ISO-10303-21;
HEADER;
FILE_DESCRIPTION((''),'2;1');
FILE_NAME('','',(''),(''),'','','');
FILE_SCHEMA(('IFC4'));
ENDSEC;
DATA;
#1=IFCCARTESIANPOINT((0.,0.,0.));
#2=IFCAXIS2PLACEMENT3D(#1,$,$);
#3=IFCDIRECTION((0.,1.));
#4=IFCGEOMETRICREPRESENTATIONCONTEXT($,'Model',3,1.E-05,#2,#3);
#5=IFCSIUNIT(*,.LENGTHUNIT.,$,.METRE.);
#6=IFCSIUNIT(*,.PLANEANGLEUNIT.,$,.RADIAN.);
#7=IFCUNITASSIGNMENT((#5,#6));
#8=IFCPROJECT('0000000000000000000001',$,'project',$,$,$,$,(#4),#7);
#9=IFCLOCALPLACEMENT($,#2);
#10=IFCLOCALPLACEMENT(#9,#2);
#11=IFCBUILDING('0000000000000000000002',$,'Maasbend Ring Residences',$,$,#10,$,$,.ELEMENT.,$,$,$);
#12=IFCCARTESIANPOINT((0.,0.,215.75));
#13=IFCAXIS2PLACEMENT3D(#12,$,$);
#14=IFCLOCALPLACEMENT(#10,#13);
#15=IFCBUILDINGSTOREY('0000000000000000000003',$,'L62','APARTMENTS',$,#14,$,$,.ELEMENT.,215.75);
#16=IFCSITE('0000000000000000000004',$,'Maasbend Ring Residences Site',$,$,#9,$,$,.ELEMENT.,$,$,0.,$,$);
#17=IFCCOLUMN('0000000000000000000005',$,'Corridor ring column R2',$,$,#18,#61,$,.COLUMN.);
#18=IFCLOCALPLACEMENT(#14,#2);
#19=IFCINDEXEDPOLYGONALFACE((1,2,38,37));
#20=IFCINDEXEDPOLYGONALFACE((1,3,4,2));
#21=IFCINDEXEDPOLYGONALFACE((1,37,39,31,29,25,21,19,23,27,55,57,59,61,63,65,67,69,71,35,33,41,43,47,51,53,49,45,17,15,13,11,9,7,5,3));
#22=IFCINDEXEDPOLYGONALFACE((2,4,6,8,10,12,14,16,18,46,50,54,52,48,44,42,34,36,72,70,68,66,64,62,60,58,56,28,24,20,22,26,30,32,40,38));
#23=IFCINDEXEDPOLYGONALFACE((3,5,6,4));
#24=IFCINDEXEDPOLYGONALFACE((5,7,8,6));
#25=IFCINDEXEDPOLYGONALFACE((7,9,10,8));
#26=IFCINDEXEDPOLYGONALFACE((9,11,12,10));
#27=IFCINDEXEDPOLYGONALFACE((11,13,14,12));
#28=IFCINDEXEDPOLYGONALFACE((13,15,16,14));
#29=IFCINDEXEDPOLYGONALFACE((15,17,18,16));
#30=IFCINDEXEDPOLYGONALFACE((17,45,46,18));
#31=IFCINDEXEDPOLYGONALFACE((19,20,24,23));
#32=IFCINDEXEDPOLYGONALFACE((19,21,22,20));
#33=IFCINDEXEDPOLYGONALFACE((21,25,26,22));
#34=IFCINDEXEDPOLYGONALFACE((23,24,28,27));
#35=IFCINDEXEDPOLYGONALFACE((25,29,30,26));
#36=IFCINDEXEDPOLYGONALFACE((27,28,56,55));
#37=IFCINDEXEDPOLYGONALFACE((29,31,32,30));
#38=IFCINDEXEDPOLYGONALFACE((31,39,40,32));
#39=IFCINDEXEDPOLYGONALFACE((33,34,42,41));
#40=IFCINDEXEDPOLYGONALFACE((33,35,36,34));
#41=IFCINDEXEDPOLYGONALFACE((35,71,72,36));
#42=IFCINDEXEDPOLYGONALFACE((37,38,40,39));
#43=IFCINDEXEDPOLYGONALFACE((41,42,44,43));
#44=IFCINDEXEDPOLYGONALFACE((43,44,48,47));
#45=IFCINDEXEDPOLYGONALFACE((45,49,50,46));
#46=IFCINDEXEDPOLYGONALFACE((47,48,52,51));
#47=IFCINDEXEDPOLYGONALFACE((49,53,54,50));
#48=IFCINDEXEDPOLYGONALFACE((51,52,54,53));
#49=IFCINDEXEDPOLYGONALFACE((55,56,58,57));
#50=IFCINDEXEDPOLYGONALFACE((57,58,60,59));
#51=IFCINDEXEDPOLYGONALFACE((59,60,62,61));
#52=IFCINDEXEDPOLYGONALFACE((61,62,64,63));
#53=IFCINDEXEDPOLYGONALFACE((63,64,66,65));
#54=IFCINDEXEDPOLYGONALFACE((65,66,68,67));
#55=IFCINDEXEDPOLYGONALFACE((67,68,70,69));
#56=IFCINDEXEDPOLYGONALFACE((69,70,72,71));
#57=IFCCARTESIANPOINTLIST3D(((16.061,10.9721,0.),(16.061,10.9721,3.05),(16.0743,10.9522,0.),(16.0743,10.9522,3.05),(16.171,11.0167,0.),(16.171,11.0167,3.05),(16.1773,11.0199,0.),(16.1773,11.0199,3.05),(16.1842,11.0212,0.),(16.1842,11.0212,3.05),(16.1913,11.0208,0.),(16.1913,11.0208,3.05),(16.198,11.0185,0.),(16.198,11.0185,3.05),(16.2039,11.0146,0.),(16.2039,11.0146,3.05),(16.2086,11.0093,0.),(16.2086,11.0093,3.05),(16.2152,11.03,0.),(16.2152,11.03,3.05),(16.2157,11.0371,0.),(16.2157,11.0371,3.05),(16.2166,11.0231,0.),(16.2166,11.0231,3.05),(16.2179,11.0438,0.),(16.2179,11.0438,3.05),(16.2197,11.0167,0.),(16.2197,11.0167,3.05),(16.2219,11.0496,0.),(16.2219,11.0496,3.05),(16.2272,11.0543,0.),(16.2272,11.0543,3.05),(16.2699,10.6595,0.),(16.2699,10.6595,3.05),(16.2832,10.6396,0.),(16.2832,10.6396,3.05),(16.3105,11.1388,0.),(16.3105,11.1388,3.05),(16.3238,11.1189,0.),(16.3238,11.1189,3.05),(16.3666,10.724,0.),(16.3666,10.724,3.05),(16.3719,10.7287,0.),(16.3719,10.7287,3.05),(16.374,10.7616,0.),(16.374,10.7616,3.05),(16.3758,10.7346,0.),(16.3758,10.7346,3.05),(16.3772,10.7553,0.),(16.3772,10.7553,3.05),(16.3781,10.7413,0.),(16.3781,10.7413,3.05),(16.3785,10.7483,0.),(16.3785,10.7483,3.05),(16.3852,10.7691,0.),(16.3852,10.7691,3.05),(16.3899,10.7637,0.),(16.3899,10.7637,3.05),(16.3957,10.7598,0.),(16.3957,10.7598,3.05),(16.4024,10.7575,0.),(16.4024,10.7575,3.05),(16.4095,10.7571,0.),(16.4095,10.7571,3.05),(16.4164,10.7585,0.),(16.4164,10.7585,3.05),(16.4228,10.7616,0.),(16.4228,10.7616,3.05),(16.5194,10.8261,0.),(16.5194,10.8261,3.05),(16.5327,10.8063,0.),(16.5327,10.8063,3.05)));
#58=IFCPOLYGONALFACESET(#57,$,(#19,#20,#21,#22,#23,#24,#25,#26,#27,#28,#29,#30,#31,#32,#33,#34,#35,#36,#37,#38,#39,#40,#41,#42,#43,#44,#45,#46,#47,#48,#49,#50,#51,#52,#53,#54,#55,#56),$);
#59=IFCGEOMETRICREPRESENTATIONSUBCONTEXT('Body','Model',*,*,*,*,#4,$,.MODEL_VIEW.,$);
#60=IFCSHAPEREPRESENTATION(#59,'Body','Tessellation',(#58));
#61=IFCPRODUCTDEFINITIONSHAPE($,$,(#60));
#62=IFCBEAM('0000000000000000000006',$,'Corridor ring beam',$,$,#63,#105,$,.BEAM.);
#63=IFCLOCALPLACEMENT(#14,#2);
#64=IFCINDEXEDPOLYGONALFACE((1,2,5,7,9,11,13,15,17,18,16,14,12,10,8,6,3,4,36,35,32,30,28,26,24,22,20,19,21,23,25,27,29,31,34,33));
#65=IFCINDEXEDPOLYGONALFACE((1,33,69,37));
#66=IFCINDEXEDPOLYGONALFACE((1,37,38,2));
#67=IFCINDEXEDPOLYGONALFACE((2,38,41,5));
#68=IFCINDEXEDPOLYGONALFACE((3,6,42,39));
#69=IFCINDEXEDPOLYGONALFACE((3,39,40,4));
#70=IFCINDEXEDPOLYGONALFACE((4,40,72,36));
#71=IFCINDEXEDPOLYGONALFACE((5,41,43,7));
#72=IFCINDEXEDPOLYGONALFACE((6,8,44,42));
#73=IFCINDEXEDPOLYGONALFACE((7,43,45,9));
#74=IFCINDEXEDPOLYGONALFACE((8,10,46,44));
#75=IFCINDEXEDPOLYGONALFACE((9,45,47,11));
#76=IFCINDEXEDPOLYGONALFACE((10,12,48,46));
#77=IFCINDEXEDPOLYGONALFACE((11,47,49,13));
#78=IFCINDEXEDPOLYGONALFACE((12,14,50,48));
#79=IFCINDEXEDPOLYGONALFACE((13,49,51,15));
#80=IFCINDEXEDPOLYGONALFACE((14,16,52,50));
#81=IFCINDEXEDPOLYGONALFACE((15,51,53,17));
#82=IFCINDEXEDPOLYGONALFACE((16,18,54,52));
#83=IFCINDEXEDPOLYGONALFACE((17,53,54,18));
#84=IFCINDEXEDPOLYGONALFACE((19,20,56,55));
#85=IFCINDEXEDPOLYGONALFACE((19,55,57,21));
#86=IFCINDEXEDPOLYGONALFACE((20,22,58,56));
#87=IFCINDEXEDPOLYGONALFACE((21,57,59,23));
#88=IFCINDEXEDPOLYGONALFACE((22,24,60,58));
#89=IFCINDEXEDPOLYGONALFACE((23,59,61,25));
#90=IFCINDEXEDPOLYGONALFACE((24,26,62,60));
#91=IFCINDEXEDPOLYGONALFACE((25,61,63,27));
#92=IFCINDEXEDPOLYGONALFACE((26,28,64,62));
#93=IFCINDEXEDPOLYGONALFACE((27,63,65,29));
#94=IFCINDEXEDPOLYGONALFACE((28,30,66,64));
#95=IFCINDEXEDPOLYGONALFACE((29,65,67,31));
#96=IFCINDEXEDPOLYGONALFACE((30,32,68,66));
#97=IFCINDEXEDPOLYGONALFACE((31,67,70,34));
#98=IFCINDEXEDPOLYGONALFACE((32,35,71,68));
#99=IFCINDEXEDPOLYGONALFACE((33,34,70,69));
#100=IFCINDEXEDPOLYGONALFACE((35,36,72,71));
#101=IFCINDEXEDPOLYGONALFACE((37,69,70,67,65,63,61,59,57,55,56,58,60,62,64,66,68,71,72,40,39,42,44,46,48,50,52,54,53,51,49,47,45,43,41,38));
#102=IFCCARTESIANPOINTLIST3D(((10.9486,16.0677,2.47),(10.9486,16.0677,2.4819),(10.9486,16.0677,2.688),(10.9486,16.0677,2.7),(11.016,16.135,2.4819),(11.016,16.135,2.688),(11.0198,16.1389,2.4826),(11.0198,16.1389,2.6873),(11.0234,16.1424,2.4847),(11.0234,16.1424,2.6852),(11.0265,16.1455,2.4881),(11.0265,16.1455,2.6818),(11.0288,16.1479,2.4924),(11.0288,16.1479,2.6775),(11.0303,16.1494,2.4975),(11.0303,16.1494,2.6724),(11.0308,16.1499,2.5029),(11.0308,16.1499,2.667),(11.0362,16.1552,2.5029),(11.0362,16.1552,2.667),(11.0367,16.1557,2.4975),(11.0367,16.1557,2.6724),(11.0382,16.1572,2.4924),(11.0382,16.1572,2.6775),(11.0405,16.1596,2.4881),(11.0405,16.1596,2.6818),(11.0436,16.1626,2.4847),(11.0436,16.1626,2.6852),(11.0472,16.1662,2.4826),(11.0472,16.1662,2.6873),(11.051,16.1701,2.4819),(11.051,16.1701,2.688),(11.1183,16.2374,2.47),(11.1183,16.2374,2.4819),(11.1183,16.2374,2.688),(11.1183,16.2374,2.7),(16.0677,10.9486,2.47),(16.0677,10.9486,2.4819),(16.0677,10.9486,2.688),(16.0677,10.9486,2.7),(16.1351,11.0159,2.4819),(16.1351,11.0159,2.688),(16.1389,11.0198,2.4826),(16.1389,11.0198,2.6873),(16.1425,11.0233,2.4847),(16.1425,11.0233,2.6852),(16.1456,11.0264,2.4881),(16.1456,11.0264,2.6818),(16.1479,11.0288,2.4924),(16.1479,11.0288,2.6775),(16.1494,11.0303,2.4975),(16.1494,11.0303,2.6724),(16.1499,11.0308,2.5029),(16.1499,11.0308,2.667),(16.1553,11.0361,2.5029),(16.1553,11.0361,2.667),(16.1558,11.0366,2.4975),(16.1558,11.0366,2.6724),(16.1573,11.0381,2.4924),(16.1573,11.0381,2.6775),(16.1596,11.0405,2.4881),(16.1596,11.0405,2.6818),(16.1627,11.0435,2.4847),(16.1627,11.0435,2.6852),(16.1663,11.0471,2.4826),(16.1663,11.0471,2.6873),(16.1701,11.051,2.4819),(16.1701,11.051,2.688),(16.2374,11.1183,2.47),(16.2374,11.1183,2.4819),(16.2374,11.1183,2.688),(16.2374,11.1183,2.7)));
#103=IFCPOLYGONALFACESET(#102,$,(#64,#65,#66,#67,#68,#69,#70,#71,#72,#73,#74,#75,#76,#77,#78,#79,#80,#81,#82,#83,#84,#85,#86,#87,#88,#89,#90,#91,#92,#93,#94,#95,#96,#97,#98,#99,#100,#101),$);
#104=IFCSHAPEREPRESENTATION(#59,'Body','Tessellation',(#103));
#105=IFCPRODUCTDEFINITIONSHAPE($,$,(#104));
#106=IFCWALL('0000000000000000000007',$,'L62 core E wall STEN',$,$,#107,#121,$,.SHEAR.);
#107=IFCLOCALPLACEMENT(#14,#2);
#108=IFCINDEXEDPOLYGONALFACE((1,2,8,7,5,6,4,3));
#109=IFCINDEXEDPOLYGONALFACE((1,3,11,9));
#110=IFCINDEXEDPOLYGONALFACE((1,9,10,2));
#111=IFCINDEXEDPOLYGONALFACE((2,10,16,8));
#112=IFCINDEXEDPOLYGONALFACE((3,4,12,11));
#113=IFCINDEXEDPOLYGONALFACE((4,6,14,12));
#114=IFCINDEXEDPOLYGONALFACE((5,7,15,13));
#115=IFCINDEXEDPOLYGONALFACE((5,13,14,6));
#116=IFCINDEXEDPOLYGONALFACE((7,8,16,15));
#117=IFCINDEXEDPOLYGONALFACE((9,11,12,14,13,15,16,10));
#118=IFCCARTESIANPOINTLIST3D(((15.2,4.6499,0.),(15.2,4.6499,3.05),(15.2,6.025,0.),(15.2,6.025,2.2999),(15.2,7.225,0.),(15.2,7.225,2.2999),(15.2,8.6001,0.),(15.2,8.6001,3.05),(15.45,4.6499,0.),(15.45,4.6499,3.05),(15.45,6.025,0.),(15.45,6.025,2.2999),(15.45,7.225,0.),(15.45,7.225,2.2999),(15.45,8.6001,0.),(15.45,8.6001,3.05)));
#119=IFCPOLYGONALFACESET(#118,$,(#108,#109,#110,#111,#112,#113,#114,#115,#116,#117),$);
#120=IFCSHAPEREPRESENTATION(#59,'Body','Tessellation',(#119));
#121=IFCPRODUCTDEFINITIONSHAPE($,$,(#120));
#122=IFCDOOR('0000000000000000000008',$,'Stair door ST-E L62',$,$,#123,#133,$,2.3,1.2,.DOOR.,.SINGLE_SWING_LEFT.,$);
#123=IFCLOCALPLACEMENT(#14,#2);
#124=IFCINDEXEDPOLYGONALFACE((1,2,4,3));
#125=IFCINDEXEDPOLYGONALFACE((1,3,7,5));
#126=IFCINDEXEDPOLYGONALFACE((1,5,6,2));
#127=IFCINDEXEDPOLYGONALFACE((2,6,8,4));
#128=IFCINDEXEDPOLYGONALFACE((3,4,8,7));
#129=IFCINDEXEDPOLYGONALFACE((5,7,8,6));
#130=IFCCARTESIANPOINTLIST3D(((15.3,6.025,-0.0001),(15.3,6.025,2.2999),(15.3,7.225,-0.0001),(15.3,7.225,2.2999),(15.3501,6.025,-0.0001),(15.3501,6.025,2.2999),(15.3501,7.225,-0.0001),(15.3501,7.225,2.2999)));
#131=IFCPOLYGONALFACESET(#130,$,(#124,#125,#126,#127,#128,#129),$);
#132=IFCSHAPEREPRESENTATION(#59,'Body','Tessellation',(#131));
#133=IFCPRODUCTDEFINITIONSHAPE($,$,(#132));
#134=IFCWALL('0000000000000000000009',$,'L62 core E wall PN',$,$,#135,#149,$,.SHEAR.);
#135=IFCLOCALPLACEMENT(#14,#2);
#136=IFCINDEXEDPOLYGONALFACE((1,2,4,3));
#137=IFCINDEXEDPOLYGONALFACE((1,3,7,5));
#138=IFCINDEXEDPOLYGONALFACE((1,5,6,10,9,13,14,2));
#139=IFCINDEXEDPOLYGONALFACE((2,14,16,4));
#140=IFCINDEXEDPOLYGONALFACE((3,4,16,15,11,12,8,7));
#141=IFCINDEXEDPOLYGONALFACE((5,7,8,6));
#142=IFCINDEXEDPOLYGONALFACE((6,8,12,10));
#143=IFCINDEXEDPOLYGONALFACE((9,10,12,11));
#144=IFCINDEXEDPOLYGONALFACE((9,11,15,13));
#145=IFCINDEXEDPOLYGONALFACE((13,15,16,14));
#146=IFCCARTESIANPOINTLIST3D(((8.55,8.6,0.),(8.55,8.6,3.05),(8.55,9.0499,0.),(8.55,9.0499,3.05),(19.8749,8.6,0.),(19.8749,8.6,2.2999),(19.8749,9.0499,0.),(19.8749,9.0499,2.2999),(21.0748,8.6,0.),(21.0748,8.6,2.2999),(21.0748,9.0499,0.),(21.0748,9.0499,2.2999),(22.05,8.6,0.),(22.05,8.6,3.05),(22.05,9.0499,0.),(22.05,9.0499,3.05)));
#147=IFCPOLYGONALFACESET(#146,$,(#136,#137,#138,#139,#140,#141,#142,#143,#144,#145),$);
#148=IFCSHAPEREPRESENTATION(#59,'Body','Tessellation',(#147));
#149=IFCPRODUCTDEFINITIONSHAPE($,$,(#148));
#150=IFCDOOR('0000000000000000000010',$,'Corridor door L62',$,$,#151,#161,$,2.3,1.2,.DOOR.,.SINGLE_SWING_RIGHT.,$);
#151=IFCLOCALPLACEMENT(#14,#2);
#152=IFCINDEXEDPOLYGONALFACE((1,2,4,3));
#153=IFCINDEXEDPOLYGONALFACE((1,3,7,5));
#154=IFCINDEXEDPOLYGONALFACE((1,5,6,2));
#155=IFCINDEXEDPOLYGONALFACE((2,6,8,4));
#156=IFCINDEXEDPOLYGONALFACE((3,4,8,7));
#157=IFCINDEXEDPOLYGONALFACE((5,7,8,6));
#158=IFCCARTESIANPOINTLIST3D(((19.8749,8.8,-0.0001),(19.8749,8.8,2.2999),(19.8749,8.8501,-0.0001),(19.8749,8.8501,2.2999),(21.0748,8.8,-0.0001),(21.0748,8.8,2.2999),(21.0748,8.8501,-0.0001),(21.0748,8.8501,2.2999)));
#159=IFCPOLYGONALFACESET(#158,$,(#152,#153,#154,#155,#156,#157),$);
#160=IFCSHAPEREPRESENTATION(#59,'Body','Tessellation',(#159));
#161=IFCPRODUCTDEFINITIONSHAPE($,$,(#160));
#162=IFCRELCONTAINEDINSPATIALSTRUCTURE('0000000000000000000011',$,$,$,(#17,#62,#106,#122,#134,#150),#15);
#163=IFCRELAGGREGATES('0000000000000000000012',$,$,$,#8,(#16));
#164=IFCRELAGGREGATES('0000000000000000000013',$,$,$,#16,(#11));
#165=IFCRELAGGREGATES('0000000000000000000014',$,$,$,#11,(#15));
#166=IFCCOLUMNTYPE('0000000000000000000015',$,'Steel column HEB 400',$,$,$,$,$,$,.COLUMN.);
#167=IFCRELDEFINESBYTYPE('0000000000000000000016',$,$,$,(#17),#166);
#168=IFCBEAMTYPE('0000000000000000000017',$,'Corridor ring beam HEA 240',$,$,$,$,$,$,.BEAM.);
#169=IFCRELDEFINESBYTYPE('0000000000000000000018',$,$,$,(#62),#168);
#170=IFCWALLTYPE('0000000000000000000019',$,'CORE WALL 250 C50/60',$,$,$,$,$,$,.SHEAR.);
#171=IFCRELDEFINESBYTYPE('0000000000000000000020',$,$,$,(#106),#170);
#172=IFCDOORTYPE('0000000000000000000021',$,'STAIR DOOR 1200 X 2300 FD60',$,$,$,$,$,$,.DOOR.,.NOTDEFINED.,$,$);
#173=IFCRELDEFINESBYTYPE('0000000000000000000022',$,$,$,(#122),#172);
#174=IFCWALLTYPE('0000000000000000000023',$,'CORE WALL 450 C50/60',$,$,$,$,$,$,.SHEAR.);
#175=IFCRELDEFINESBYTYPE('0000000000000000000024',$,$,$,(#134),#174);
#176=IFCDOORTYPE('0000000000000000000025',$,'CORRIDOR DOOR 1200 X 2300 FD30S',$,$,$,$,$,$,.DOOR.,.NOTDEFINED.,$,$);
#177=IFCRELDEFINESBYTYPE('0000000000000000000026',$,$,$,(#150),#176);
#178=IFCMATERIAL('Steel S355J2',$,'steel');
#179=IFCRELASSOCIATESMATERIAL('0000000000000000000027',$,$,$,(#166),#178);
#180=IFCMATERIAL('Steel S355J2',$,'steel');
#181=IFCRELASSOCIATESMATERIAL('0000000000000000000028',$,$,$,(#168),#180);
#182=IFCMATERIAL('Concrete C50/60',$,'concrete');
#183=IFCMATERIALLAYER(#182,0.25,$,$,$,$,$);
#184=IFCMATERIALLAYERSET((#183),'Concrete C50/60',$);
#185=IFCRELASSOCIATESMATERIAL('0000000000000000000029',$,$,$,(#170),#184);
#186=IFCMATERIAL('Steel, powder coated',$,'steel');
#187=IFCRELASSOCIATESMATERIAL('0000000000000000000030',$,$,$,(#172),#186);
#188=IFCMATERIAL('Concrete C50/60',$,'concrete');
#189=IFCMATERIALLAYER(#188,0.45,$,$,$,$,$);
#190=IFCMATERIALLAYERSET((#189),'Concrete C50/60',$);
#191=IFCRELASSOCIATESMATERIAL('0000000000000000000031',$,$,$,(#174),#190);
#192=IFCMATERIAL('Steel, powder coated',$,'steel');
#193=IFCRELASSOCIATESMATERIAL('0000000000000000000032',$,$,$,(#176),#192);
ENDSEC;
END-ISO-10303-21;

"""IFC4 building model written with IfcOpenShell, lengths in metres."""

from ifc_helpers import new_model, si_unit, direction, frame, frame_2d, origin, origin_2d, place, context, subcontext, project, spatial, rectangle, i_section, extrude, material, layer, layer_set, material_profile, profile_set, type_object, element, fill, save


model = new_model("IFC4")

# Units and contexts
model_context = context("Model", 3, precision=1e-05, world=origin(), true_north=direction((0.0, 1.0)))
body_context = subcontext(model_context, "Body", "Model", "MODEL_VIEW")
ifc_project = project(units=[si_unit("LENGTHUNIT", "METRE"), si_unit("PLANEANGLEUNIT", "RADIAN")], contexts=[model_context])

# Site, building, storey
site_placement = place(None, origin())
site = spatial("IfcSite", under=ifc_project, at=site_placement, Name="Maasbend Ring Residences Site", CompositionType="ELEMENT", RefElevation=0.0)
building_placement = place(site_placement, origin())
building = spatial("IfcBuilding", under=site, at=building_placement, Name="Maasbend Ring Residences", CompositionType="ELEMENT")
storey_placement = place(building_placement, frame((0.0, 0.0, 215.75)))
storey = spatial("IfcBuildingStorey", under=building, at=storey_placement, Name="L62", Description="APARTMENTS", CompositionType="ELEMENT", Elevation=215.75)

# Column
ifc_material_1 = material(Name="Steel S355J2", Category="steel")
ifc_material_profile_1 = material_profile(ifc_material_1, i_section(OverallWidth=0.3, OverallDepth=0.3999, WebThickness=0.0134, FlangeThickness=0.0239, FilletRadius=0.0271, at=origin_2d()), Name="HEB 400")
ifc_profile_set_1 = profile_set([ifc_material_profile_1], Name="Steel S355J2")
column_type = type_object("IfcColumnType", Name="Steel column HEB 400", PredefinedType="COLUMN", material=ifc_profile_set_1)
column_placement = place(storey_placement, frame((16.2969, 10.8892, 0.0), z_axis=(0.0, 0.0, 1.0), x_axis=(0.83147, 0.55557, 0.0)))
element("IfcColumn", 1, at=column_placement, inside=storey, type_object=column_type, Name="Corridor ring column R2", PredefinedType="COLUMN", context=body_context, shape_type="SweptSolid", body=[
    extrude(i_section(OverallWidth=0.3, OverallDepth=0.3999, WebThickness=0.0134, FlangeThickness=0.0239, FilletRadius=0.0271, at=origin_2d()), origin(), (0.0, 0.0, 1.0), 3.05),
])

# Beam
ifc_material_2 = material(Name="Steel S355J2", Category="steel")
ifc_material_profile_2 = material_profile(ifc_material_2, i_section(OverallWidth=0.24, OverallDepth=0.23, WebThickness=0.0076, FlangeThickness=0.012, FilletRadius=0.021, at=origin_2d()), Name="HEA 240")
ifc_profile_set_2 = profile_set([ifc_material_profile_2], Name="Steel S355J2")
beam_type = type_object("IfcBeamType", Name="Corridor ring beam HEA 240", PredefinedType="BEAM", material=ifc_profile_set_2)
beam_placement = place(storey_placement, frame((16.1526, 11.0334, 2.585), z_axis=(-0.707107, 0.707107, 0.0), x_axis=(-0.707107, -0.707107, 0.0)))
element("IfcBeam", 2, at=beam_placement, inside=storey, type_object=beam_type, Name="Corridor ring beam", PredefinedType="BEAM", context=body_context, shape_type="SweptSolid", body=[
    extrude(i_section(OverallWidth=0.24, OverallDepth=0.23, WebThickness=0.0076, FlangeThickness=0.012, FilletRadius=0.021, at=origin_2d()), origin(), (0.0, 0.0, 1.0), 7.2395),
])

# Walls, openings, doors
ifc_material_3 = material(Name="Concrete C50/60", Category="concrete")
ifc_layer_1 = layer(ifc_material_3, 0.25)
ifc_layer_set_1 = layer_set([ifc_layer_1], Name="Concrete C50/60")
wall_type_1 = type_object("IfcWallType", Name="CORE WALL 250 C50/60", PredefinedType="SHEAR", material=ifc_layer_set_1)
wall_1_placement = place(storey_placement, frame((15.325, 4.6499, 0.0), z_axis=(0.0, 0.0, 1.0), x_axis=(0.0, 1.0, 0.0)))
wall_1 = element("IfcWall", 3, at=wall_1_placement, inside=storey, type_object=wall_type_1, Name="L62 core E wall STEN", PredefinedType="SHEAR", context=body_context, shape_type="SweptSolid", body=[
    extrude(rectangle(XDim=3.9502, YDim=0.25, at=frame_2d((1.9751, 0.0))), origin(), (0.0, 0.0, 1.0), 3.05),
])
opening_1_placement = place(wall_1_placement, frame((1.375, 0.0, 0.0)))
opening_1 = element("IfcOpeningElement", 4, at=opening_1_placement, cuts=wall_1, PredefinedType="OPENING", context=body_context, shape_type="SweptSolid", body=[
    extrude(rectangle(XDim=1.2, YDim=2.3, at=frame_2d((0.6001, 1.1499))), frame((0.0, 0.135, 0.0), z_axis=(0.0, -1.0, 0.0), x_axis=(1.0, 0.0, 0.0)), (0.0, 0.0, 1.0), 0.27),
])
ifc_material_4 = material(Name="Steel, powder coated", Category="steel")
door_type_1 = type_object("IfcDoorType", Name="STAIR DOOR 1200 X 2300 FD60", OperationType="NOTDEFINED", PredefinedType="DOOR", material=ifc_material_4)
door_1_placement = place(opening_1_placement, origin())
door_1 = element("IfcDoor", 5, at=door_1_placement, inside=storey, type_object=door_type_1, Name="Stair door ST-E L62", OperationType="SINGLE_SWING_LEFT", OverallHeight=2.3, OverallWidth=1.2, PredefinedType="DOOR", context=body_context, shape_type="SweptSolid", body=[
    extrude(rectangle(XDim=1.2, YDim=2.3, at=frame_2d((0.6001, 1.1499))), frame((0.0, 0.0249, 0.0), z_axis=(0.0, -1.0, 0.0), x_axis=(1.0, 0.0, 0.0)), (0.0, 0.0, 1.0), 0.05),
])
fill(opening_1, door_1)
ifc_material_5 = material(Name="Concrete C50/60", Category="concrete")
ifc_layer_2 = layer(ifc_material_5, 0.45)
ifc_layer_set_2 = layer_set([ifc_layer_2], Name="Concrete C50/60")
wall_type_2 = type_object("IfcWallType", Name="CORE WALL 450 C50/60", PredefinedType="SHEAR", material=ifc_layer_set_2)
wall_2_placement = place(storey_placement, frame((22.05, 8.825, 0.0), z_axis=(0.0, 0.0, 1.0), x_axis=(-1.0, 0.0, 0.0)))
wall_2 = element("IfcWall", 6, at=wall_2_placement, inside=storey, type_object=wall_type_2, Name="L62 core E wall PN", PredefinedType="SHEAR", context=body_context, shape_type="SweptSolid", body=[
    extrude(rectangle(XDim=13.5, YDim=0.45, at=frame_2d((6.75, 0.0))), origin(), (0.0, 0.0, 1.0), 3.05),
])
opening_2_placement = place(wall_2_placement, frame((0.9751, 0.0, 0.0)))
opening_2 = element("IfcOpeningElement", 7, at=opening_2_placement, cuts=wall_2, PredefinedType="OPENING", context=body_context, shape_type="SweptSolid", body=[
    extrude(rectangle(XDim=1.2, YDim=2.3, at=frame_2d((0.6001, 1.1499))), frame((0.0, 0.2349, 0.0), z_axis=(0.0, -1.0, 0.0), x_axis=(1.0, 0.0, 0.0)), (0.0, 0.0, 1.0), 0.47),
])
ifc_material_6 = material(Name="Steel, powder coated", Category="steel")
door_type_2 = type_object("IfcDoorType", Name="CORRIDOR DOOR 1200 X 2300 FD30S", OperationType="NOTDEFINED", PredefinedType="DOOR", material=ifc_material_6)
door_2_placement = place(opening_2_placement, origin())
door_2 = element("IfcDoor", 8, at=door_2_placement, inside=storey, type_object=door_type_2, Name="Corridor door L62", OperationType="SINGLE_SWING_RIGHT", OverallHeight=2.3, OverallWidth=1.2, PredefinedType="DOOR", context=body_context, shape_type="SweptSolid", body=[
    extrude(rectangle(XDim=1.2, YDim=2.3, at=frame_2d((0.6001, 1.1499))), frame((0.0, 0.0249, 0.0), z_axis=(0.0, -1.0, 0.0), x_axis=(1.0, 0.0, 0.0)), (0.0, 0.0, 1.0), 0.05),
])
fill(opening_2, door_2)

save(model, "model.ifc")
